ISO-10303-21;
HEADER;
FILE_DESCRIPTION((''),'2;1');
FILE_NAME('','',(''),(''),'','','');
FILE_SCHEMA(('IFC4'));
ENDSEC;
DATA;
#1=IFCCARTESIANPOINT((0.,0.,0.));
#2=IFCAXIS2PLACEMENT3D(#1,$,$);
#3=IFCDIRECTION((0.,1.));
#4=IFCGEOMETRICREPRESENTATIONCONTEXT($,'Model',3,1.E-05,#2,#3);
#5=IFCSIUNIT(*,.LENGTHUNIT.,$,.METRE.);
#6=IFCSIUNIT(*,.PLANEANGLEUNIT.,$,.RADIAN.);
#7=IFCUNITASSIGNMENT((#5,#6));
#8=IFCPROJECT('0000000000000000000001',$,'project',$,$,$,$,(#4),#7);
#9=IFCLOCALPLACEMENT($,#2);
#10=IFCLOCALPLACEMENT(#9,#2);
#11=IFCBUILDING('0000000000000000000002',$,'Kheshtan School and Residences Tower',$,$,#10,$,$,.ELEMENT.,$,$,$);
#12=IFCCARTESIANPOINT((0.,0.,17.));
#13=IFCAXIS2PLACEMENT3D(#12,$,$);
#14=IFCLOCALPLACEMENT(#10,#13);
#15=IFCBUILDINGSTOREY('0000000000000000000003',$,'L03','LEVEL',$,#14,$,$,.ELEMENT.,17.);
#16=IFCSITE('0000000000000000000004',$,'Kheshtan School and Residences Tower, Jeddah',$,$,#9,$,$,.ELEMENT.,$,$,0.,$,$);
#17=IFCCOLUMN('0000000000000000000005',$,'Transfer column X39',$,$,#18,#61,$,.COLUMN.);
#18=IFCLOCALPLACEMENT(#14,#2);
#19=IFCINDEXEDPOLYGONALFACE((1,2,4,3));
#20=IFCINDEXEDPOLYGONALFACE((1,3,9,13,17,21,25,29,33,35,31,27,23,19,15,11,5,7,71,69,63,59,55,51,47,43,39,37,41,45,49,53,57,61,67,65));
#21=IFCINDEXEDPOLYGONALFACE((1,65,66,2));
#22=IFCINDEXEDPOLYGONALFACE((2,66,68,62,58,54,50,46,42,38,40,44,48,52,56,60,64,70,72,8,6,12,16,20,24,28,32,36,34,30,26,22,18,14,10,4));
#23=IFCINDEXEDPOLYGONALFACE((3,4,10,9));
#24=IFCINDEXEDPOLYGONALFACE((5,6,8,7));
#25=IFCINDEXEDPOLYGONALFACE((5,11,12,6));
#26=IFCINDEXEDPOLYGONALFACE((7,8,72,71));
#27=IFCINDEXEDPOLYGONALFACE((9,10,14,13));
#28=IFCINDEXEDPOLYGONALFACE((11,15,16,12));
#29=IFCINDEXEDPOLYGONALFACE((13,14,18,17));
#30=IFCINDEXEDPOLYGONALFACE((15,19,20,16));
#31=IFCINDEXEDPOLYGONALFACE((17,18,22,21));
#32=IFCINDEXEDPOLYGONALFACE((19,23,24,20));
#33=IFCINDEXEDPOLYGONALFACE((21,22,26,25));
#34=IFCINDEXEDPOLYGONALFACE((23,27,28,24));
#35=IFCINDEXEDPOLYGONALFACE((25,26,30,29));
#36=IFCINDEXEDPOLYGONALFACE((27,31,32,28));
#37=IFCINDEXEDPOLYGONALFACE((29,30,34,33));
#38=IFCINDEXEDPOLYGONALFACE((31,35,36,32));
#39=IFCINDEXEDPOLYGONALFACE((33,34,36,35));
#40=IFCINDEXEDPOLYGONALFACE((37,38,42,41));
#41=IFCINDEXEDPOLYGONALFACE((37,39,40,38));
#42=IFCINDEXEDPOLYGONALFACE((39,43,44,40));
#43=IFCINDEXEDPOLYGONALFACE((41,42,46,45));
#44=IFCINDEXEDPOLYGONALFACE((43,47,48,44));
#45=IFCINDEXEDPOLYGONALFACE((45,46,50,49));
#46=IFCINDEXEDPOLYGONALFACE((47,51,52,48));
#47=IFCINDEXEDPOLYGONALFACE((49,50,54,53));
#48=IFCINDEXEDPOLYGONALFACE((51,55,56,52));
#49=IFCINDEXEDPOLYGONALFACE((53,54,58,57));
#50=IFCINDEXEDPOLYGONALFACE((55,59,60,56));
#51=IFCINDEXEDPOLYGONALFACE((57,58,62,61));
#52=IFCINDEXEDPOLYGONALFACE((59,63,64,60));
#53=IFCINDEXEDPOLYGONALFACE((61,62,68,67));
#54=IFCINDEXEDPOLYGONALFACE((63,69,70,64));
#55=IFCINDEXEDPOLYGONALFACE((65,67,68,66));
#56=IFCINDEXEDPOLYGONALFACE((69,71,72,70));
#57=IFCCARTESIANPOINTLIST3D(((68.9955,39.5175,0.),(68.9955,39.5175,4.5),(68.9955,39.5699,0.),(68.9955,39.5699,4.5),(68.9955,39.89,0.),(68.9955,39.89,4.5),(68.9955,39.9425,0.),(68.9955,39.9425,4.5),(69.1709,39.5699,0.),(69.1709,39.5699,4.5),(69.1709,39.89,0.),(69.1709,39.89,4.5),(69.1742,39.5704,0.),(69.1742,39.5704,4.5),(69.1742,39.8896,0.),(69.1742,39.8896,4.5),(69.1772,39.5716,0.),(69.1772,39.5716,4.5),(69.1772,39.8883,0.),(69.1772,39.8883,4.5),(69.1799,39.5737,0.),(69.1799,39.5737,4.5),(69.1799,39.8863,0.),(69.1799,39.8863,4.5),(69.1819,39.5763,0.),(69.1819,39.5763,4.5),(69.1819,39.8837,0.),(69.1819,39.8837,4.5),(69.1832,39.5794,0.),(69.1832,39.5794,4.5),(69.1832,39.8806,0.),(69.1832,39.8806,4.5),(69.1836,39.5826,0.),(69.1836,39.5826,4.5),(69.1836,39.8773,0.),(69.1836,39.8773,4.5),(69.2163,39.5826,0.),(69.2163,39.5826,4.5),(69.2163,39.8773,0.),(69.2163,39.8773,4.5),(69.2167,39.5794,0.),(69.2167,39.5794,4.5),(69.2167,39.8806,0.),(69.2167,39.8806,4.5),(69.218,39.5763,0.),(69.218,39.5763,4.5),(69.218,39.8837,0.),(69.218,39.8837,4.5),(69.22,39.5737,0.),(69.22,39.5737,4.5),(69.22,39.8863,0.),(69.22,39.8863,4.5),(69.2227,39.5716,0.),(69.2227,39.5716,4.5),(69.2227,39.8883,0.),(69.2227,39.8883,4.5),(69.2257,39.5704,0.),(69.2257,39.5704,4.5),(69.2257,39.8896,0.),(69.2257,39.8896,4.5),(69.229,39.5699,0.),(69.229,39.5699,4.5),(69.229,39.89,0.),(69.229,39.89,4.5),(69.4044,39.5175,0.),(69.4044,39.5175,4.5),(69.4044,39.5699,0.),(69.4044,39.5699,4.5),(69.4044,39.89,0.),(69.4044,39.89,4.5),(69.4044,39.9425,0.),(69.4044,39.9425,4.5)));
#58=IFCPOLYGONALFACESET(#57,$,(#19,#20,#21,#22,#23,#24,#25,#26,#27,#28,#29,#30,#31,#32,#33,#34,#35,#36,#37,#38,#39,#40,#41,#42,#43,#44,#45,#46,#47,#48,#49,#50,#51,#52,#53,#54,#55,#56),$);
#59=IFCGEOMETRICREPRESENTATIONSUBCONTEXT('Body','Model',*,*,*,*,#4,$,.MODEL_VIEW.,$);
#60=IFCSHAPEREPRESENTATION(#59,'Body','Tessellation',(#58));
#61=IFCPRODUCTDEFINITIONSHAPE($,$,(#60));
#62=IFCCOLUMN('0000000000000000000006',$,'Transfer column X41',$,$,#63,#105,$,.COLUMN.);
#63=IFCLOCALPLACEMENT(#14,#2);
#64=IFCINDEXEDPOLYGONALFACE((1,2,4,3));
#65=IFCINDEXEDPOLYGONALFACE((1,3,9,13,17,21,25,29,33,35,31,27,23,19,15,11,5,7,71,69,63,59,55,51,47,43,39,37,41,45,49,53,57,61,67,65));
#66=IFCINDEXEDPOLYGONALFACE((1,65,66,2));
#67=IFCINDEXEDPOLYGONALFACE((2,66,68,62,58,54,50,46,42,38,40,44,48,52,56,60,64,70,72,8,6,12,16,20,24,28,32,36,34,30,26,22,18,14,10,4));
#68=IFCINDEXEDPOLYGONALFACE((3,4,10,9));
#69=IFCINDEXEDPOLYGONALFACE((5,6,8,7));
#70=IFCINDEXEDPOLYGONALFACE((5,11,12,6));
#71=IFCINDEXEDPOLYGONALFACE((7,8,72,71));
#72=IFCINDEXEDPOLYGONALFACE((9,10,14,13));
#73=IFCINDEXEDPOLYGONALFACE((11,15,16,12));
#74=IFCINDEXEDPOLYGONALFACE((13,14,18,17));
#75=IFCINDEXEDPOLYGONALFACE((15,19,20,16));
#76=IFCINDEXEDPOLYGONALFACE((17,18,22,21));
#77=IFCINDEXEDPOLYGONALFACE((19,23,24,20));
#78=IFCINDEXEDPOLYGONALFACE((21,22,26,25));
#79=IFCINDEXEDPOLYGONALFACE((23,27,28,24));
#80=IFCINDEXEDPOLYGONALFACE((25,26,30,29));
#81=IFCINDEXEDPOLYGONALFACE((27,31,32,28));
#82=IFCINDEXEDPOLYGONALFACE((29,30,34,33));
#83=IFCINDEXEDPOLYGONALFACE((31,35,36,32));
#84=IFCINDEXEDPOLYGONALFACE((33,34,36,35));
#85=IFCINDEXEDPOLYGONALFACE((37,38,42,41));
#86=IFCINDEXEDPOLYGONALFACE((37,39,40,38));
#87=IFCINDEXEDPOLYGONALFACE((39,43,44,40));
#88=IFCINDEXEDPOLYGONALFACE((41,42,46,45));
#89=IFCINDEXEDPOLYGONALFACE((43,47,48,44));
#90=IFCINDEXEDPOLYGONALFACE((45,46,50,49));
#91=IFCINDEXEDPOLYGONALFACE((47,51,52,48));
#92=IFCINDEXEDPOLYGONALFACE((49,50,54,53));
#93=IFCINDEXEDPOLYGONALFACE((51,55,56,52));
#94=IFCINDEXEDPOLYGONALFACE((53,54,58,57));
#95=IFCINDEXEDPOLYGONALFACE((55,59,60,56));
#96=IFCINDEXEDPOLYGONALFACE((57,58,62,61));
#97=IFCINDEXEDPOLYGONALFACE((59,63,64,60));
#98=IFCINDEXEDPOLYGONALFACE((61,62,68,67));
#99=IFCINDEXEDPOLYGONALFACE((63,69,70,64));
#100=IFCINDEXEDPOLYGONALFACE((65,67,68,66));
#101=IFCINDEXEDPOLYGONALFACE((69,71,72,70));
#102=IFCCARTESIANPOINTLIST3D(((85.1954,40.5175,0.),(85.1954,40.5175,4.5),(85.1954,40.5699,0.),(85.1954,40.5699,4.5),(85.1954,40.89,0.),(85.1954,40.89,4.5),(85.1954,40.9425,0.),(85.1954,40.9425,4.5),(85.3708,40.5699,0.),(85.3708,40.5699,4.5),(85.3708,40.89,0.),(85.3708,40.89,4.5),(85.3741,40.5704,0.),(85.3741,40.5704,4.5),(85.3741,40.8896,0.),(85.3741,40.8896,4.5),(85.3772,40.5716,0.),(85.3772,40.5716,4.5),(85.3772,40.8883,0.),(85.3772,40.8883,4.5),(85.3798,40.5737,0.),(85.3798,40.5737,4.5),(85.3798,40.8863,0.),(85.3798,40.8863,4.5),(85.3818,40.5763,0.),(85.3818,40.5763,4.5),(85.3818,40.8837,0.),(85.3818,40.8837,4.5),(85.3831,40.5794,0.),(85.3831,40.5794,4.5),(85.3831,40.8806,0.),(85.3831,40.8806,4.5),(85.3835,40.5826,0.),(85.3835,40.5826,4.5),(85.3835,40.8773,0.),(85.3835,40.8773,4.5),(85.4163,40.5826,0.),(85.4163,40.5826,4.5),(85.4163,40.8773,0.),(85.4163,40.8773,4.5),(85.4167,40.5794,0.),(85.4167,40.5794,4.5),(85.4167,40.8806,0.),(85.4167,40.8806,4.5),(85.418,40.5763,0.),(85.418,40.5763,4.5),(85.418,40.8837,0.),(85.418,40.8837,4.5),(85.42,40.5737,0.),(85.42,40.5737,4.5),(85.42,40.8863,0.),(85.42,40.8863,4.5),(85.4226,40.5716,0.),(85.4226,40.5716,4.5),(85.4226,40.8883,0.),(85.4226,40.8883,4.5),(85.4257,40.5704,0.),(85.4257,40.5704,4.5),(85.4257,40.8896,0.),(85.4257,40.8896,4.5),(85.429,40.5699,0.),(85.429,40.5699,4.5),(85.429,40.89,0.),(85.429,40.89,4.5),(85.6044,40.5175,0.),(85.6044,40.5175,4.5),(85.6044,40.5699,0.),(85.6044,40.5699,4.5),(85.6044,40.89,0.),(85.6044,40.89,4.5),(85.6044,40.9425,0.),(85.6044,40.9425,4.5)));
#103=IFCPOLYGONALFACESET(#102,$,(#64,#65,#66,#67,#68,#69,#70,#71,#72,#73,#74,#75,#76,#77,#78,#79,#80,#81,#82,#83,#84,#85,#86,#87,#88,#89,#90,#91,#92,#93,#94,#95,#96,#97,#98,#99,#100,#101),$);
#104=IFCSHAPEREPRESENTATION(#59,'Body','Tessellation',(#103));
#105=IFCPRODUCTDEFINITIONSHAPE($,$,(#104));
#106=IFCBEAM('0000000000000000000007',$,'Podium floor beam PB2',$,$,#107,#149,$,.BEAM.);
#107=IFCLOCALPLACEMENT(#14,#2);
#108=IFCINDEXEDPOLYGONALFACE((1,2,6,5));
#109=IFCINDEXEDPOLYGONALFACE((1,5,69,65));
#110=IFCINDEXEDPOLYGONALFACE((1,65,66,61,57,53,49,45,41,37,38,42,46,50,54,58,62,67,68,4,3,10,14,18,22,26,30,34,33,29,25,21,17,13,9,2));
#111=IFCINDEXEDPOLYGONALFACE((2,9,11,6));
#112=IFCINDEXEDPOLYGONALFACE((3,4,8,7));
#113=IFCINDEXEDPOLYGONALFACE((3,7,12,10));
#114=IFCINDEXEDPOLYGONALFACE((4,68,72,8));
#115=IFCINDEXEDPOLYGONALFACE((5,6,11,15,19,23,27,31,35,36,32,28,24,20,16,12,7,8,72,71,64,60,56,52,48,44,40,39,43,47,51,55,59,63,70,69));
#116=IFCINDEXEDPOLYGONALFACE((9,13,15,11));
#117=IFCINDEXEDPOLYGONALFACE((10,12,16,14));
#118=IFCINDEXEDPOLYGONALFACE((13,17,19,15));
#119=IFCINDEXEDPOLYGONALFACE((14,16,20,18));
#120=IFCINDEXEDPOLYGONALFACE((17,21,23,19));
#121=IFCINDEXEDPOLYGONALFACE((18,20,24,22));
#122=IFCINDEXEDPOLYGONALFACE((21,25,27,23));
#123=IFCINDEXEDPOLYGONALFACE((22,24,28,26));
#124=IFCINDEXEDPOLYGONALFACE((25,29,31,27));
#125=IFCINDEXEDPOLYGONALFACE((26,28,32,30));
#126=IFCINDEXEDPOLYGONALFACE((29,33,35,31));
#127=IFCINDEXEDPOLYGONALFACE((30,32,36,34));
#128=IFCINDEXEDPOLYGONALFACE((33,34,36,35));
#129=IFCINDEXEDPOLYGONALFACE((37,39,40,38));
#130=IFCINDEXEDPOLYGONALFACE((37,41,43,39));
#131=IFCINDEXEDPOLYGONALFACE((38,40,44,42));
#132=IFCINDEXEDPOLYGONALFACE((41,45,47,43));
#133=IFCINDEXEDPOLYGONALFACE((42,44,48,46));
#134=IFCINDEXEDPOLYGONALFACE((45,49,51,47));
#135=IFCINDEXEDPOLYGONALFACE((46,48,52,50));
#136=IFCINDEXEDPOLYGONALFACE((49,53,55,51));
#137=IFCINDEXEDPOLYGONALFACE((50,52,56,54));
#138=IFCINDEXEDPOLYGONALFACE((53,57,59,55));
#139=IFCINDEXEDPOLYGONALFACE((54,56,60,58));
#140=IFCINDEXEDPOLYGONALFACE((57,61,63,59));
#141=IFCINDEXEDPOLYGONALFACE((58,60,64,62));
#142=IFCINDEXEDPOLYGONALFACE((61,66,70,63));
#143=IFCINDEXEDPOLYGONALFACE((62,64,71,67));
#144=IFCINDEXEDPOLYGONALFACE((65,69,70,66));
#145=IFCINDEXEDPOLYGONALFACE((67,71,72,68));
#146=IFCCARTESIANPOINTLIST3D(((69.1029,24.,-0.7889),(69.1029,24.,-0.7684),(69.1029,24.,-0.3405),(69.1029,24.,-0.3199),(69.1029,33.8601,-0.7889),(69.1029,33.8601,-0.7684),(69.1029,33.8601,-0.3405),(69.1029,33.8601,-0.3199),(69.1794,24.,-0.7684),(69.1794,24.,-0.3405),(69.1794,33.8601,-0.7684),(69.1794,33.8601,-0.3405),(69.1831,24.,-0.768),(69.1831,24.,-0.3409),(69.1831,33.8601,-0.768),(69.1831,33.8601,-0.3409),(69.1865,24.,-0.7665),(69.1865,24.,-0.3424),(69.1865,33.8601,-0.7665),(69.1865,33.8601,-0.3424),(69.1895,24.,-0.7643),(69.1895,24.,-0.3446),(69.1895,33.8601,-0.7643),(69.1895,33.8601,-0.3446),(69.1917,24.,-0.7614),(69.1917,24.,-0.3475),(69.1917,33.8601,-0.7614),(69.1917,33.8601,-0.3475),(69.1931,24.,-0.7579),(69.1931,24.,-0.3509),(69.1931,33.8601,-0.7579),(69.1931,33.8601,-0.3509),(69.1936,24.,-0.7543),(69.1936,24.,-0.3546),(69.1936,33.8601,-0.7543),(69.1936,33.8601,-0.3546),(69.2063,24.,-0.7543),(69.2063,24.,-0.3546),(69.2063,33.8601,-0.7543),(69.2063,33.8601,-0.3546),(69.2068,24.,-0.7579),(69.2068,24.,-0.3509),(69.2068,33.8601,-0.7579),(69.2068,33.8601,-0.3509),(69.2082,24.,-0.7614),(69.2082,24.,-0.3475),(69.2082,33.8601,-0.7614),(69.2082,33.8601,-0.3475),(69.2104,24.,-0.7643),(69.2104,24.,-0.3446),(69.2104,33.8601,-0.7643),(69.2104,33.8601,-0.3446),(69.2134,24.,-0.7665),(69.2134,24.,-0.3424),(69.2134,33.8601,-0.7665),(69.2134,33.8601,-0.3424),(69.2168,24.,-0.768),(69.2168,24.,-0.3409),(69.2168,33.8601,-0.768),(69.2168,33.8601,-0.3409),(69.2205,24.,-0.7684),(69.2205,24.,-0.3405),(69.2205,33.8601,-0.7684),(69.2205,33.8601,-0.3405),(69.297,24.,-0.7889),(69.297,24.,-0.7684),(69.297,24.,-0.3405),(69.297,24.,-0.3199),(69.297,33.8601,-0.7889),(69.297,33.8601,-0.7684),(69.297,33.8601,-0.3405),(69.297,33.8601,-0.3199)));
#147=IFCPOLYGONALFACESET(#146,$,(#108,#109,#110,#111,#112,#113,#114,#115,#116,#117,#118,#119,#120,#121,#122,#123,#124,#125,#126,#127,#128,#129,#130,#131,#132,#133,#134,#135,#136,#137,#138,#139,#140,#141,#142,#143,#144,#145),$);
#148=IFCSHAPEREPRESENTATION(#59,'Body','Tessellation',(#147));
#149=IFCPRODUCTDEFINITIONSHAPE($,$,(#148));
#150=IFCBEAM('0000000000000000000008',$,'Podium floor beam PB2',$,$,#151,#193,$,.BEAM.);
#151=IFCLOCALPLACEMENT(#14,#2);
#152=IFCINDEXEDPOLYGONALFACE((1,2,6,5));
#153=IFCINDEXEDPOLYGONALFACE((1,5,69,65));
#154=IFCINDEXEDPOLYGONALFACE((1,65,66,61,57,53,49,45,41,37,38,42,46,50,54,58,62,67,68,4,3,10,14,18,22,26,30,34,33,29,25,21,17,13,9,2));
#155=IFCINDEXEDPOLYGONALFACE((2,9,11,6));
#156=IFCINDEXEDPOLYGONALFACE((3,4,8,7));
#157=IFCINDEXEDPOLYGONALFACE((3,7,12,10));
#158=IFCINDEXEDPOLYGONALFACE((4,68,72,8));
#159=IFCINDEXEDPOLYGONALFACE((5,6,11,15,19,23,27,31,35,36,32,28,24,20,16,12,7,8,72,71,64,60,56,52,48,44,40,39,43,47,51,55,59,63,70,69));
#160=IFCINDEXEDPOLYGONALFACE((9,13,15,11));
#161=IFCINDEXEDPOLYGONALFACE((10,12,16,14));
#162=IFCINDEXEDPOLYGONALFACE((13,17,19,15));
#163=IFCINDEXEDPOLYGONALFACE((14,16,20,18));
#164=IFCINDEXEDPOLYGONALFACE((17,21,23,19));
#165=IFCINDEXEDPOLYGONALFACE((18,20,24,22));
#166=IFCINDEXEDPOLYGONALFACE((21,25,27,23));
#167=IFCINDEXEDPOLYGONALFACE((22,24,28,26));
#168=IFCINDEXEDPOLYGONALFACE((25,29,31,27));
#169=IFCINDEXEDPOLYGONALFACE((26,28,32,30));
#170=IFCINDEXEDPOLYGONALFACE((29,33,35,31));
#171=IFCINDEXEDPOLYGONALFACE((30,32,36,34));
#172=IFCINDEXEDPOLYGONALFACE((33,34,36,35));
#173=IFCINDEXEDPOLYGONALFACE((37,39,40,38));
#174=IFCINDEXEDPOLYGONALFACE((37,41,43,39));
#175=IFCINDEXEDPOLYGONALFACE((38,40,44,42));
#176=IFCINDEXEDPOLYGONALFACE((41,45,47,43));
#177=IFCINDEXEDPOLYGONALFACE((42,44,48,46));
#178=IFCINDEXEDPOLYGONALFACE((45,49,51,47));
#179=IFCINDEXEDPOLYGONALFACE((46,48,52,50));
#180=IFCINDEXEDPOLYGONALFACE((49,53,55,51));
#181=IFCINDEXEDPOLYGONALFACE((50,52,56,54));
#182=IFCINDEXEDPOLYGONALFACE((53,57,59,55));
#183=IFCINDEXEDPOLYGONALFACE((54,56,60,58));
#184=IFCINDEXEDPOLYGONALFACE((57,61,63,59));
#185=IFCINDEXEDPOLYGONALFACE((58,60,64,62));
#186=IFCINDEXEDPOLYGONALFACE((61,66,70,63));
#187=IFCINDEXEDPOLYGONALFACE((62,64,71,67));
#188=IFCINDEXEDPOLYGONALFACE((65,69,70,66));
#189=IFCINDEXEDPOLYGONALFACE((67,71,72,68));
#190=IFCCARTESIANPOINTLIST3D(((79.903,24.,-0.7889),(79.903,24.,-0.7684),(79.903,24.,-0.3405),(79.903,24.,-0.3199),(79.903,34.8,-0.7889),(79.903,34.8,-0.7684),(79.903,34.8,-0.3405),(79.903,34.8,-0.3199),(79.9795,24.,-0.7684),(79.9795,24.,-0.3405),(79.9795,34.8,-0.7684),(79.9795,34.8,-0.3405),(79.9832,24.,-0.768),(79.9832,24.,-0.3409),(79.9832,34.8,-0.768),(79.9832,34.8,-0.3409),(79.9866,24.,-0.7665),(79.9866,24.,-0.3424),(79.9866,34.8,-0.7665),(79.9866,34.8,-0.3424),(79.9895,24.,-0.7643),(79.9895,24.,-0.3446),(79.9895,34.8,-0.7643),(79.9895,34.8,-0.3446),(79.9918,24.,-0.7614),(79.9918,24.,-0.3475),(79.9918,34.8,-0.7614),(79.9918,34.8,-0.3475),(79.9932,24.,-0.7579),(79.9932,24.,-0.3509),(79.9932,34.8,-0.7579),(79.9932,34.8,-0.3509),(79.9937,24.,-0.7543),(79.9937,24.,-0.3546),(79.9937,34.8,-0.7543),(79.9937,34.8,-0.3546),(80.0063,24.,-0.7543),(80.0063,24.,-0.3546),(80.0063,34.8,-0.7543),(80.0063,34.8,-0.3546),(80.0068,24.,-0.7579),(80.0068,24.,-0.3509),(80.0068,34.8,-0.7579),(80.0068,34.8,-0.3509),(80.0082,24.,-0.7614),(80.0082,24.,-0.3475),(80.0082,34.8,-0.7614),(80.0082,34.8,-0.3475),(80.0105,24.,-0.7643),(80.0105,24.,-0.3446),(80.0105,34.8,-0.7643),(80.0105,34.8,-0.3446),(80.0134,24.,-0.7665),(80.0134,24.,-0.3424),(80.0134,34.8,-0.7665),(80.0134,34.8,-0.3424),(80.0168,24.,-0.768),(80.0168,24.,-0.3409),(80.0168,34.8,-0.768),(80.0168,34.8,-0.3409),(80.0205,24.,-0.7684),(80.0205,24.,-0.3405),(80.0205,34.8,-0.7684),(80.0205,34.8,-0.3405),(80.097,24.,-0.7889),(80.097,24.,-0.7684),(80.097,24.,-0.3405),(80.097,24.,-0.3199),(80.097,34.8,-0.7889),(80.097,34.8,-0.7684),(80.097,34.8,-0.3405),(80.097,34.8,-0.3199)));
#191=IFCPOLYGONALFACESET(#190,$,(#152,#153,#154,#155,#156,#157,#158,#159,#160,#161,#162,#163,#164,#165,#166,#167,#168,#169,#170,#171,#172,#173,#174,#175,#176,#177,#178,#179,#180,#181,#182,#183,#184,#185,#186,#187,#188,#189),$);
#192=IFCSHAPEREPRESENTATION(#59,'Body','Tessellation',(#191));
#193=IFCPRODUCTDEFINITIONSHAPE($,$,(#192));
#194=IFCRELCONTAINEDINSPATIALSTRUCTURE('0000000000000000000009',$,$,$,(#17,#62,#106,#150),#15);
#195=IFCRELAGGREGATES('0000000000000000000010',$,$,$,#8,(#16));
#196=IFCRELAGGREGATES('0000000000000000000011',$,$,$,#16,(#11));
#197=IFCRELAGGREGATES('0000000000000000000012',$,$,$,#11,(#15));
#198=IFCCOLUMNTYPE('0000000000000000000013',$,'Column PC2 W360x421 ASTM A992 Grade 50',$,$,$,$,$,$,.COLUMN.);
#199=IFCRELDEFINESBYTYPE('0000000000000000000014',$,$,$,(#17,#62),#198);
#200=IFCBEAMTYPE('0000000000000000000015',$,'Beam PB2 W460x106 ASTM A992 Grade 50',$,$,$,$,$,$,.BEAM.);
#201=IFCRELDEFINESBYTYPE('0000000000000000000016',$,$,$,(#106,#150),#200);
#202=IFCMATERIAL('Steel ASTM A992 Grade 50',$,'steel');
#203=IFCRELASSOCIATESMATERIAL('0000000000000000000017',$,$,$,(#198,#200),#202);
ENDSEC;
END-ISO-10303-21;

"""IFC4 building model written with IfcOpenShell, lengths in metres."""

from ifc_helpers import new_model, si_unit, direction, frame, origin, origin_2d, place, context, subcontext, project, spatial, i_section, extrude, material, material_profile, profile_set, type_object, element, save


model = new_model("IFC4")

# Units and contexts
model_context = context("Model", 3, precision=1e-05, world=origin(), true_north=direction((0.0, 1.0)))
body_context = subcontext(model_context, "Body", "Model", "MODEL_VIEW")
ifc_project = project(units=[si_unit("LENGTHUNIT", "METRE"), si_unit("PLANEANGLEUNIT", "RADIAN")], contexts=[model_context])

# Site, building, storey
site_placement = place(None, origin())
site = spatial("IfcSite", under=ifc_project, at=site_placement, Name="Kheshtan School and Residences Tower, Jeddah", CompositionType="ELEMENT", RefElevation=0.0)
building_placement = place(site_placement, origin())
building = spatial("IfcBuilding", under=site, at=building_placement, Name="Kheshtan School and Residences Tower", CompositionType="ELEMENT")
storey_placement = place(building_placement, frame((0.0, 0.0, 17.0)))
storey = spatial("IfcBuildingStorey", under=building, at=storey_placement, Name="L03", Description="LEVEL", CompositionType="ELEMENT", Elevation=17.0)

# Columns
ifc_material_1 = material(Name="Steel ASTM A992 Grade 50", Category="steel")
ifc_material_profile_1 = material_profile(ifc_material_1, i_section(OverallWidth=0.4089, OverallDepth=0.425, WebThickness=0.0327, FlangeThickness=0.0525, FilletRadius=0.0127, at=origin_2d()), Name="W360x421")
ifc_profile_set_1 = profile_set([ifc_material_profile_1], Name="Steel ASTM A992 Grade 50")
column_type = type_object("IfcColumnType", Name="Column PC2 W360x421 ASTM A992 Grade 50", PredefinedType="COLUMN", material=ifc_profile_set_1)
for number, where, z_axis, x_axis, name in (
    (1, (69.2, 39.73, 0.0), (0.0, 0.0, 1.0), (1.0, 0.0, 0.0), "Transfer column X39"),
    (2, (85.3999, 40.73, 0.0), (0.0, 0.0, 1.0), (1.0, 0.0, 0.0), "Transfer column X41"),
):
    element("IfcColumn", number, at=place(storey_placement, frame(where, z_axis=z_axis, x_axis=x_axis)), inside=storey, type_object=column_type, Name=name, PredefinedType="COLUMN", context=body_context, shape_type="SweptSolid", body=[
        extrude(i_section(OverallWidth=0.4089, OverallDepth=0.425, WebThickness=0.0327, FlangeThickness=0.0525, FilletRadius=0.0127, at=origin_2d()), origin(), (0.0, 0.0, 1.0), 4.5),
    ])

# Beams
ifc_material_profile_2 = material_profile(ifc_material_1, i_section(OverallWidth=0.1941, OverallDepth=0.469, WebThickness=0.0127, FlangeThickness=0.0205, FilletRadius=0.0142, at=origin_2d()), Name="W460x106")
ifc_profile_set_2 = profile_set([ifc_material_profile_2], Name="Steel ASTM A992 Grade 50")
beam_type = type_object("IfcBeamType", Name="Beam PB2 W460x106 ASTM A992 Grade 50", PredefinedType="BEAM", material=ifc_profile_set_2)
beam_1_placement = place(storey_placement, frame((69.2, 24.0, -0.5544), z_axis=(0.0, 1.0, 0.0), x_axis=(-1.0, 0.0, 0.0)))
element("IfcBeam", 3, at=beam_1_placement, inside=storey, type_object=beam_type, Name="Podium floor beam PB2", PredefinedType="BEAM", context=body_context, shape_type="SweptSolid", body=[
    extrude(i_section(OverallWidth=0.1941, OverallDepth=0.469, WebThickness=0.0127, FlangeThickness=0.0205, FilletRadius=0.0142, at=origin_2d()), origin(), (0.0, 0.0, 1.0), 9.8601),
])
beam_2_placement = place(storey_placement, frame((80.0, 24.0, -0.5544), z_axis=(0.0, 1.0, 0.0), x_axis=(-1.0, 0.0, 0.0)))
element("IfcBeam", 4, at=beam_2_placement, inside=storey, type_object=beam_type, Name="Podium floor beam PB2", PredefinedType="BEAM", context=body_context, shape_type="SweptSolid", body=[
    extrude(i_section(OverallWidth=0.1941, OverallDepth=0.469, WebThickness=0.0127, FlangeThickness=0.0205, FilletRadius=0.0142, at=origin_2d()), origin(), (0.0, 0.0, 1.0), 10.8),
])

save(model, "model.ifc")
